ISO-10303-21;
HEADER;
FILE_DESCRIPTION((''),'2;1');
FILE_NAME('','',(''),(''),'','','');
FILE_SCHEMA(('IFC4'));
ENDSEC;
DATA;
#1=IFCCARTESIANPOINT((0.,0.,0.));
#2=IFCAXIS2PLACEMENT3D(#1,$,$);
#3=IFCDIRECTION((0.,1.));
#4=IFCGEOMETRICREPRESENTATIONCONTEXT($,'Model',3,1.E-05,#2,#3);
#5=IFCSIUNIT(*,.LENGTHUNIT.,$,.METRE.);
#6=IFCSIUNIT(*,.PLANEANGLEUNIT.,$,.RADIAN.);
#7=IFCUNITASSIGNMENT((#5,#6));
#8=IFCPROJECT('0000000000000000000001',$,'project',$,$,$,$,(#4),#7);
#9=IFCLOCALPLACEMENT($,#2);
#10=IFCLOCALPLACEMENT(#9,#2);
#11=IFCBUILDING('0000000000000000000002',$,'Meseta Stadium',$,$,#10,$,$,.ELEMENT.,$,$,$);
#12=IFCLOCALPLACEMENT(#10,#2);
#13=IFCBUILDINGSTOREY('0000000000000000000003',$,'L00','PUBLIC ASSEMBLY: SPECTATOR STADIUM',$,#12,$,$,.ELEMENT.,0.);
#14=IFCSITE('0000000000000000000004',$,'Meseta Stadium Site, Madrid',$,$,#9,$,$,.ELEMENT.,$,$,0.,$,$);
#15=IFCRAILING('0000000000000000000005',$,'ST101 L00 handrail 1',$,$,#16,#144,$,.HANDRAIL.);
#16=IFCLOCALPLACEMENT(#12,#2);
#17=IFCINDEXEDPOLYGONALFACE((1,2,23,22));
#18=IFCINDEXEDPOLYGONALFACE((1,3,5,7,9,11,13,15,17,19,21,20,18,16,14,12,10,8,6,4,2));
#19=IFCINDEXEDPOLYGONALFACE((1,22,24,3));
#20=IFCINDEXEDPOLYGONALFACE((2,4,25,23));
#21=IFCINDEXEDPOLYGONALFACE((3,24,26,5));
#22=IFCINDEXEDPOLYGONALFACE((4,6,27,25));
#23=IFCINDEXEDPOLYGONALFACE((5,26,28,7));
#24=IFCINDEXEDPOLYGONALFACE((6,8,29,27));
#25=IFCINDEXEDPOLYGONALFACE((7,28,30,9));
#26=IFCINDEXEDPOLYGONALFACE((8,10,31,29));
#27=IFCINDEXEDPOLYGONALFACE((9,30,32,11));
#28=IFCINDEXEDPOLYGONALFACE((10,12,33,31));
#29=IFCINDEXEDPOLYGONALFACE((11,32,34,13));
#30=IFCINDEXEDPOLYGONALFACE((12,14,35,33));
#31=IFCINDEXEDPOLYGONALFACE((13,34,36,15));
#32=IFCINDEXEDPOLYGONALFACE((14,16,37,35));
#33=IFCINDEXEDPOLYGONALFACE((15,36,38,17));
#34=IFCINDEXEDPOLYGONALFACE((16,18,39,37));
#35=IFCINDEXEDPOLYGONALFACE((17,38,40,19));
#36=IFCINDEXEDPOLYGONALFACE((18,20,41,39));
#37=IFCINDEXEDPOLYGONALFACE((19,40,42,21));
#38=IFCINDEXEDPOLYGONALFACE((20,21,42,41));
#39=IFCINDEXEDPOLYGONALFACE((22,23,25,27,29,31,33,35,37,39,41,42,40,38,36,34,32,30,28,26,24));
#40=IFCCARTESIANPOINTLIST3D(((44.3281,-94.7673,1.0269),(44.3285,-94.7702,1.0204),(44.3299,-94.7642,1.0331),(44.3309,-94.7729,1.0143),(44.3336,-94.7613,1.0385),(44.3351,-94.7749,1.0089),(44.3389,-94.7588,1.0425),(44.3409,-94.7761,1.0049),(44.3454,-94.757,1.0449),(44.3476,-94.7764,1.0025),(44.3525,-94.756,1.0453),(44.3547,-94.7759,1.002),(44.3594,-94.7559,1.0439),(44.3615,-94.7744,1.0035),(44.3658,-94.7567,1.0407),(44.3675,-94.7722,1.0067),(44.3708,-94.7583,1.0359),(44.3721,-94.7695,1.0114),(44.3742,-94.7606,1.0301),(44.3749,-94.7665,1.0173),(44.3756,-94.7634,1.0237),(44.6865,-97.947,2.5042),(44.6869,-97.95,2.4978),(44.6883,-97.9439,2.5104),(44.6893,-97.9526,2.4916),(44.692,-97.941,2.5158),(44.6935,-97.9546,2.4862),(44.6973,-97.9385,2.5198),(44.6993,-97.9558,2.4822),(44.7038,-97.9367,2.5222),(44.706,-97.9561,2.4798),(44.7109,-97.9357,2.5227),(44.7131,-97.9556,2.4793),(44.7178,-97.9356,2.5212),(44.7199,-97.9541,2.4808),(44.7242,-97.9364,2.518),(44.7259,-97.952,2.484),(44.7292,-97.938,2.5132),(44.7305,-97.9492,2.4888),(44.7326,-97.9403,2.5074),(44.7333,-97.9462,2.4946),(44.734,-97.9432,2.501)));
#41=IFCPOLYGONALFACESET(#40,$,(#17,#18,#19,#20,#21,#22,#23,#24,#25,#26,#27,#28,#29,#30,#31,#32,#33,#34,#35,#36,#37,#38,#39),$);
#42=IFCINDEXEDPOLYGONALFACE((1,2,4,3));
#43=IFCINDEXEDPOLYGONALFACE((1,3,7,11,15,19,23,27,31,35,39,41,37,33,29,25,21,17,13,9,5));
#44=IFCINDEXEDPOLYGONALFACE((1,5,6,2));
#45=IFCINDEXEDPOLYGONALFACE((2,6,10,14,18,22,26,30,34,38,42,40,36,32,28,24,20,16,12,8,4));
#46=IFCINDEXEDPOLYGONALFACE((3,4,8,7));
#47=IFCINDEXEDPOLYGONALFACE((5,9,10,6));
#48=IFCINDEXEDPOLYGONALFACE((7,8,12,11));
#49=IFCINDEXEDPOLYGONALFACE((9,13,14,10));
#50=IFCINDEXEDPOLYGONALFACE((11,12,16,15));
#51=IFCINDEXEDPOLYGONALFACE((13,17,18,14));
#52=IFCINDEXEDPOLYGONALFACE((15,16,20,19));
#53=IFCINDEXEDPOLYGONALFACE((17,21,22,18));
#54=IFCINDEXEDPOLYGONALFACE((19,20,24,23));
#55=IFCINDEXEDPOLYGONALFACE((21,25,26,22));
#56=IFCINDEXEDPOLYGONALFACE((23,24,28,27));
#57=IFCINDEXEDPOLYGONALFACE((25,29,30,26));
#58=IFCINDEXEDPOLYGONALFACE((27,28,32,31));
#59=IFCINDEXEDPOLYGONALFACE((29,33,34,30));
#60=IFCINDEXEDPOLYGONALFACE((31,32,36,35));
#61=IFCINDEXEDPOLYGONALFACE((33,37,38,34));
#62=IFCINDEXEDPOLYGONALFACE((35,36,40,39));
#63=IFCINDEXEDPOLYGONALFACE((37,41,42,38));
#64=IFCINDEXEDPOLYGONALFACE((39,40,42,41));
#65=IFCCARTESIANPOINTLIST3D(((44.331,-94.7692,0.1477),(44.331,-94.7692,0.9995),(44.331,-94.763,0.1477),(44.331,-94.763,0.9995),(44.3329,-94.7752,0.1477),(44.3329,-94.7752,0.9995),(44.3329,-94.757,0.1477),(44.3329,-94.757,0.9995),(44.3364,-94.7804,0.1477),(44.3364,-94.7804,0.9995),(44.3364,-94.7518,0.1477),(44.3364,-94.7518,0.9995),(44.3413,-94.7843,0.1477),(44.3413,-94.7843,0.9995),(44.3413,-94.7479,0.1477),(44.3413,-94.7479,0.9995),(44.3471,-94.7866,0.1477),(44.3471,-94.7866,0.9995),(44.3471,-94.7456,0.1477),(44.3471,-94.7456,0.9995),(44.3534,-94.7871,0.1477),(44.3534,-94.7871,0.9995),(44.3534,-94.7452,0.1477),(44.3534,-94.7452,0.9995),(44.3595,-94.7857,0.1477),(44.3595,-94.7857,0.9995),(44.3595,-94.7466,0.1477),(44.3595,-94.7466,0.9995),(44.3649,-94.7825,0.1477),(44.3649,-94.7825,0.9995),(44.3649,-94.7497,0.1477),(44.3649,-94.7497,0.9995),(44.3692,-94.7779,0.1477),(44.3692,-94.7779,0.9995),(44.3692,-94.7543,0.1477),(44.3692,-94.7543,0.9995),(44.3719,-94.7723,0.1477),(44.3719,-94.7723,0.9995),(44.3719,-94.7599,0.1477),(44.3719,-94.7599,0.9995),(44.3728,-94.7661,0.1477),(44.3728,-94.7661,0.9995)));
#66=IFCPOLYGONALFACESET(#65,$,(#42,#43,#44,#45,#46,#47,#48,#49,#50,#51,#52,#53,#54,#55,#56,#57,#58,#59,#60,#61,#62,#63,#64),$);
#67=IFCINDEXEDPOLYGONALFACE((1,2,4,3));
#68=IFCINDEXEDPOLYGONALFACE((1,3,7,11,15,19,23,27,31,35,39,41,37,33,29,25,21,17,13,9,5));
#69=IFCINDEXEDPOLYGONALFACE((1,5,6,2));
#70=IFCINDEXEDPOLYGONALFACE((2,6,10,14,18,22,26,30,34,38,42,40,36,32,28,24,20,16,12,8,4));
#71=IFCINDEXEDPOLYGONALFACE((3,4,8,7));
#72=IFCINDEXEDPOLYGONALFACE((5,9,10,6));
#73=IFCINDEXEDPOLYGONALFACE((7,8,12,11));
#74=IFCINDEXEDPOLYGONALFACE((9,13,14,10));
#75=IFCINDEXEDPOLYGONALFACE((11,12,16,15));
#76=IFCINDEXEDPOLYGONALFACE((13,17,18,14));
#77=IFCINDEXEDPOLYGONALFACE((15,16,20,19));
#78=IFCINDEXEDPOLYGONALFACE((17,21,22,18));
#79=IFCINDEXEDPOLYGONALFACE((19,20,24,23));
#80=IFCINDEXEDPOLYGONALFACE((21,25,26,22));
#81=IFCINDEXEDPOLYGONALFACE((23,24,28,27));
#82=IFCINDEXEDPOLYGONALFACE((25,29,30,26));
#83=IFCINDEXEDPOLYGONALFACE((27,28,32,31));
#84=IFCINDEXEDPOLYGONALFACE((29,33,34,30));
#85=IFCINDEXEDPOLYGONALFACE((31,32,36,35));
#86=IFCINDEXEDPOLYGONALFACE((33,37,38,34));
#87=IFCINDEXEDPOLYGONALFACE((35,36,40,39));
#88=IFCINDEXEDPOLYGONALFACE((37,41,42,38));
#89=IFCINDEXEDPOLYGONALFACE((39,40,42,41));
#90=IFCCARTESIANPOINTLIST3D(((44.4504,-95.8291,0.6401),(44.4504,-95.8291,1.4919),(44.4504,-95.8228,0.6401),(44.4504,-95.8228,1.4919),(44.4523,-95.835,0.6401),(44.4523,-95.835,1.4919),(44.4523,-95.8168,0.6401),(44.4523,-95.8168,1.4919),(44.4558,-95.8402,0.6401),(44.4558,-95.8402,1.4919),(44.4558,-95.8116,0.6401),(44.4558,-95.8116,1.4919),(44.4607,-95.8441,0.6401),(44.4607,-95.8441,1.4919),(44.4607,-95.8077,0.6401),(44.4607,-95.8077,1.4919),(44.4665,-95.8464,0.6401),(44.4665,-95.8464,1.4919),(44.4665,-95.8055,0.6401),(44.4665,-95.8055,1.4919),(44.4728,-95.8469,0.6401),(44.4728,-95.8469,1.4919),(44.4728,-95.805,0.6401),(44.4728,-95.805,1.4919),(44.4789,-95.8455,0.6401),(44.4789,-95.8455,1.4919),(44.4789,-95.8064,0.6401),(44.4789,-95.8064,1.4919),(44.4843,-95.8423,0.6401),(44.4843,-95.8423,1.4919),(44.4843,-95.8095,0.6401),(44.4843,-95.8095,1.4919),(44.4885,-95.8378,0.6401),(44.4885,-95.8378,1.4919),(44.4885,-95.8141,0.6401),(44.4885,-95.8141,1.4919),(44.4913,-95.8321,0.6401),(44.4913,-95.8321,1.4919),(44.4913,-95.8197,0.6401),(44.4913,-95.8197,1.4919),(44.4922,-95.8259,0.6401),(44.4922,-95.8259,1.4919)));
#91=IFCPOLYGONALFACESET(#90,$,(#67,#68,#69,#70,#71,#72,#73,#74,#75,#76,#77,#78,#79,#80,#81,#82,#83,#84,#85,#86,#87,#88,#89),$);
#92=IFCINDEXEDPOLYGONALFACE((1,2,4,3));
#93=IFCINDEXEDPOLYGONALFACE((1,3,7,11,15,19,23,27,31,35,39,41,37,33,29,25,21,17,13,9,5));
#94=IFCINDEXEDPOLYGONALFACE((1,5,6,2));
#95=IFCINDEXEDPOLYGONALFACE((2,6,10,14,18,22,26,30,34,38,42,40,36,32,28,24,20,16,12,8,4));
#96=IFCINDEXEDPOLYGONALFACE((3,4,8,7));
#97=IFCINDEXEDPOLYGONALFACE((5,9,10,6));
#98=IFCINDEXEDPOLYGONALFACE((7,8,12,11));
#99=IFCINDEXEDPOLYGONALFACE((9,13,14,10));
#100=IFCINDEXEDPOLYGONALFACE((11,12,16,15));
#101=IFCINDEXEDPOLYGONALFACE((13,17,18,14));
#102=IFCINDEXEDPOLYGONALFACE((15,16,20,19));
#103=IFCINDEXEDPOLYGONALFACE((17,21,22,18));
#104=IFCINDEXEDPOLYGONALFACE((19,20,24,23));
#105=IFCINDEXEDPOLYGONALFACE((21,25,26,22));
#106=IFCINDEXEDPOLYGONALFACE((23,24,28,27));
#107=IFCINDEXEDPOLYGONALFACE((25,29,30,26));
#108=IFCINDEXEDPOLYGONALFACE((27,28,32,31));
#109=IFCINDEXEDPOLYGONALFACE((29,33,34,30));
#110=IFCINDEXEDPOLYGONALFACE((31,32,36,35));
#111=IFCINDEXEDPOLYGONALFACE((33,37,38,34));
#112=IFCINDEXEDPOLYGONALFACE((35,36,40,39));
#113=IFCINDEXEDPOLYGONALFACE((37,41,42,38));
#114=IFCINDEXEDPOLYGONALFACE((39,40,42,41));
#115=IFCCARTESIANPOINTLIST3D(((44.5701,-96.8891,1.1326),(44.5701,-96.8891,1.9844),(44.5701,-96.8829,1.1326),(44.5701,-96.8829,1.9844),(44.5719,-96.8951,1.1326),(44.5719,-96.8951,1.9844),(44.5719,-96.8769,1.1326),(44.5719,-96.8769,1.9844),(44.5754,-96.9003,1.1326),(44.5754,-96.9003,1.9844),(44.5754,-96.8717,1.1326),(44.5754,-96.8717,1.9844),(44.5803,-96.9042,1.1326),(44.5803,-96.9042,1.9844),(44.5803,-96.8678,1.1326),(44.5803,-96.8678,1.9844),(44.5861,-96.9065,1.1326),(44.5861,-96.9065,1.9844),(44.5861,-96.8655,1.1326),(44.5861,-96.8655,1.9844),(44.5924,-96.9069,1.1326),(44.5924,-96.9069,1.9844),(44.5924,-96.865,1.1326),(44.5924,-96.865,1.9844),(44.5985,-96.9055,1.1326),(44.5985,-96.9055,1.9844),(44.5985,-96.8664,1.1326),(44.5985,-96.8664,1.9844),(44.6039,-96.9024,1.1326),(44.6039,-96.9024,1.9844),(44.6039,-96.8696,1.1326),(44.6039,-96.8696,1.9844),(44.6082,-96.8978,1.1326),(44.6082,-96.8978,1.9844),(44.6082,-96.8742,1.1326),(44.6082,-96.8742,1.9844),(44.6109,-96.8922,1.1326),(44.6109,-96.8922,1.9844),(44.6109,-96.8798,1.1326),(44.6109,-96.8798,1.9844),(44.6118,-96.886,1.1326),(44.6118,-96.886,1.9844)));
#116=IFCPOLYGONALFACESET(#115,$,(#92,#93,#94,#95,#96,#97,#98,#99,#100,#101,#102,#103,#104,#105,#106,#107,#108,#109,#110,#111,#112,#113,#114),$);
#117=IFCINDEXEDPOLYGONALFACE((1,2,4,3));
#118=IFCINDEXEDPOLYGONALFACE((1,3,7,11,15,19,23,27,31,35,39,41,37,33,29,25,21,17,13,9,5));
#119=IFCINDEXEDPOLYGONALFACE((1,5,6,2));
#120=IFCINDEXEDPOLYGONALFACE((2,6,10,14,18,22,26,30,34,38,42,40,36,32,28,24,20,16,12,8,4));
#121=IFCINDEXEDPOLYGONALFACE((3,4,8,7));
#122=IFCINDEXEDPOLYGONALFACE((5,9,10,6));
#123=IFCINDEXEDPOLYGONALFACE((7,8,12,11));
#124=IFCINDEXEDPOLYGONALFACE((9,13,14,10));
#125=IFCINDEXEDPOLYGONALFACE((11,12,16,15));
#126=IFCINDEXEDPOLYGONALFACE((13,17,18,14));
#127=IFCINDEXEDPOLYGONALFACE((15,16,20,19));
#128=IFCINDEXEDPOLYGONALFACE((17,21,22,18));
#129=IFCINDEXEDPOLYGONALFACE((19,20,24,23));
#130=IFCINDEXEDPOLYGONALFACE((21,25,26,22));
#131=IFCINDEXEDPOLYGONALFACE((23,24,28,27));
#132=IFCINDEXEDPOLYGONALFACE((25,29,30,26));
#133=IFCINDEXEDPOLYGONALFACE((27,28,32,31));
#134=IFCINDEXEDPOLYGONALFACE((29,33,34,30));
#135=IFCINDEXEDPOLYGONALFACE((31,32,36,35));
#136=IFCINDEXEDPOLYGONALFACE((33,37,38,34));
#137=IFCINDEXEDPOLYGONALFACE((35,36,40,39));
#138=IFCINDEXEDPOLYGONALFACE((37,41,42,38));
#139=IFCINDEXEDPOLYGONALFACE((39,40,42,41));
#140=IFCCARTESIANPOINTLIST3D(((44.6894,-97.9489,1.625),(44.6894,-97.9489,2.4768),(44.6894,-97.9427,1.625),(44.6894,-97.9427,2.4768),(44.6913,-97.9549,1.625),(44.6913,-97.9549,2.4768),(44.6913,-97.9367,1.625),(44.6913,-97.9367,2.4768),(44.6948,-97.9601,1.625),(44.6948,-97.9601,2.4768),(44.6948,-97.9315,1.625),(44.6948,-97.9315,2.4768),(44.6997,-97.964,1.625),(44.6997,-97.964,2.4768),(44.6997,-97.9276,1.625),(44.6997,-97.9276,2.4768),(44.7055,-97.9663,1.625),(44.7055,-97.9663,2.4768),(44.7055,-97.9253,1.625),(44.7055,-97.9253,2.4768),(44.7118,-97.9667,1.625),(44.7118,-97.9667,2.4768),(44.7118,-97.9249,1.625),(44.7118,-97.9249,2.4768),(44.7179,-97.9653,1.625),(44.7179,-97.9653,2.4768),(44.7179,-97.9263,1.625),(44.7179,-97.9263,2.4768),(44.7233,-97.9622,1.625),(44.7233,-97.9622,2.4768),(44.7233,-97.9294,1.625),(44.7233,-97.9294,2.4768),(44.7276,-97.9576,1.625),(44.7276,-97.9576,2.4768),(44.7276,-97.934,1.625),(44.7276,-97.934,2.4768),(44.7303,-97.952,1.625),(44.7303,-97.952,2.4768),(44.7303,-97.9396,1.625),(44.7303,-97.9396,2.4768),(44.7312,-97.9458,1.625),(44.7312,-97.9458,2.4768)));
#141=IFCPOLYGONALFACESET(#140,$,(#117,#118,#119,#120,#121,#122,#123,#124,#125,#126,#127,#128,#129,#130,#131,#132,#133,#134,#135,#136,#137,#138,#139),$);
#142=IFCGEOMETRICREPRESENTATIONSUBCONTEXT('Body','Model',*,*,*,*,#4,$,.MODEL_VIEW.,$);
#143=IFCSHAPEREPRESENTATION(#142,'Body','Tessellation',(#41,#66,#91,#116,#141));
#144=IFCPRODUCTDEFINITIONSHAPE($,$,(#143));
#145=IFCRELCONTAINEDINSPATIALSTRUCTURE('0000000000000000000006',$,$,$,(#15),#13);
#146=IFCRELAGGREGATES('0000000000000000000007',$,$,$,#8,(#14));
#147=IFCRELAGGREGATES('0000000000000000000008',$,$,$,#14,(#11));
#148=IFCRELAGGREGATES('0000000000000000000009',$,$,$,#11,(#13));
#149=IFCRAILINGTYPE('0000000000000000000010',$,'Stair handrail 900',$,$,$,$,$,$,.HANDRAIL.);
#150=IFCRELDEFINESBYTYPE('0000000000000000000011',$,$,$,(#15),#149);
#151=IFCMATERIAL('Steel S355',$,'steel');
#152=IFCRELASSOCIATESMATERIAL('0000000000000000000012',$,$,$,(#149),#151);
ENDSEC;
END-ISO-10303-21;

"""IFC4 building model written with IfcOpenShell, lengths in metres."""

from ifc_helpers import new_model, si_unit, direction, frame, origin, origin_2d, place, context, subcontext, project, spatial, circle, extrude, material, type_object, element, save


model = new_model("IFC4")

# Units and contexts
model_context = context("Model", 3, precision=1e-05, world=origin(), true_north=direction((0.0, 1.0)))
body_context = subcontext(model_context, "Body", "Model", "MODEL_VIEW")
ifc_project = project(units=[si_unit("LENGTHUNIT", "METRE"), si_unit("PLANEANGLEUNIT", "RADIAN")], contexts=[model_context])

# Site, building, storey
site_placement = place(None, origin())
site = spatial("IfcSite", under=ifc_project, at=site_placement, Name="Meseta Stadium Site, Madrid", CompositionType="ELEMENT", RefElevation=0.0)
building_placement = place(site_placement, origin())
building = spatial("IfcBuilding", under=site, at=building_placement, Name="Meseta Stadium", CompositionType="ELEMENT")
storey_placement = place(building_placement, origin())
storey = spatial("IfcBuildingStorey", under=building, at=storey_placement, Name="L00", Description="PUBLIC ASSEMBLY: SPECTATOR STADIUM", CompositionType="ELEMENT", Elevation=0.0)

# Railing
ifc_material_1 = material(Name="Steel S355", Category="steel")
railing_type = type_object("IfcRailingType", Name="Stair handrail 900", PredefinedType="HANDRAIL", material=ifc_material_1)
for number, where, name in (
    (1, (44.3518, -94.7661, 0.1477), "ST101 L00 handrail 1"),
):
    element("IfcRailing", number, at=place(storey_placement, frame(where)), inside=storey, type_object=railing_type, Name=name, PredefinedType="HANDRAIL", context=body_context, shape_type="SweptSolid", body=[
        extrude(circle(Radius=0.0239, at=origin_2d()), frame((0.0, 0.0, 0.876), z_axis=(0.101691, -0.902197, 0.419164), x_axis=(0.993708, 0.112006, 0.0)), (0.0, 0.0, 1.0), 3.5244),
        extrude(circle(Radius=0.021, at=origin_2d()), origin(), (0.0, 0.0, 1.0), 0.8518),
        extrude(circle(Radius=0.021, at=origin_2d()), frame((0.1194, -1.0598, 0.4924)), (0.0, 0.0, 1.0), 0.8518),
        extrude(circle(Radius=0.021, at=origin_2d()), frame((0.239, -2.1199, 0.9849)), (0.0, 0.0, 1.0), 0.8518),
        extrude(circle(Radius=0.021, at=origin_2d()), frame((0.3584, -3.1797, 1.4773)), (0.0, 0.0, 1.0), 0.8518),
    ])

save(model, "model.ifc")
